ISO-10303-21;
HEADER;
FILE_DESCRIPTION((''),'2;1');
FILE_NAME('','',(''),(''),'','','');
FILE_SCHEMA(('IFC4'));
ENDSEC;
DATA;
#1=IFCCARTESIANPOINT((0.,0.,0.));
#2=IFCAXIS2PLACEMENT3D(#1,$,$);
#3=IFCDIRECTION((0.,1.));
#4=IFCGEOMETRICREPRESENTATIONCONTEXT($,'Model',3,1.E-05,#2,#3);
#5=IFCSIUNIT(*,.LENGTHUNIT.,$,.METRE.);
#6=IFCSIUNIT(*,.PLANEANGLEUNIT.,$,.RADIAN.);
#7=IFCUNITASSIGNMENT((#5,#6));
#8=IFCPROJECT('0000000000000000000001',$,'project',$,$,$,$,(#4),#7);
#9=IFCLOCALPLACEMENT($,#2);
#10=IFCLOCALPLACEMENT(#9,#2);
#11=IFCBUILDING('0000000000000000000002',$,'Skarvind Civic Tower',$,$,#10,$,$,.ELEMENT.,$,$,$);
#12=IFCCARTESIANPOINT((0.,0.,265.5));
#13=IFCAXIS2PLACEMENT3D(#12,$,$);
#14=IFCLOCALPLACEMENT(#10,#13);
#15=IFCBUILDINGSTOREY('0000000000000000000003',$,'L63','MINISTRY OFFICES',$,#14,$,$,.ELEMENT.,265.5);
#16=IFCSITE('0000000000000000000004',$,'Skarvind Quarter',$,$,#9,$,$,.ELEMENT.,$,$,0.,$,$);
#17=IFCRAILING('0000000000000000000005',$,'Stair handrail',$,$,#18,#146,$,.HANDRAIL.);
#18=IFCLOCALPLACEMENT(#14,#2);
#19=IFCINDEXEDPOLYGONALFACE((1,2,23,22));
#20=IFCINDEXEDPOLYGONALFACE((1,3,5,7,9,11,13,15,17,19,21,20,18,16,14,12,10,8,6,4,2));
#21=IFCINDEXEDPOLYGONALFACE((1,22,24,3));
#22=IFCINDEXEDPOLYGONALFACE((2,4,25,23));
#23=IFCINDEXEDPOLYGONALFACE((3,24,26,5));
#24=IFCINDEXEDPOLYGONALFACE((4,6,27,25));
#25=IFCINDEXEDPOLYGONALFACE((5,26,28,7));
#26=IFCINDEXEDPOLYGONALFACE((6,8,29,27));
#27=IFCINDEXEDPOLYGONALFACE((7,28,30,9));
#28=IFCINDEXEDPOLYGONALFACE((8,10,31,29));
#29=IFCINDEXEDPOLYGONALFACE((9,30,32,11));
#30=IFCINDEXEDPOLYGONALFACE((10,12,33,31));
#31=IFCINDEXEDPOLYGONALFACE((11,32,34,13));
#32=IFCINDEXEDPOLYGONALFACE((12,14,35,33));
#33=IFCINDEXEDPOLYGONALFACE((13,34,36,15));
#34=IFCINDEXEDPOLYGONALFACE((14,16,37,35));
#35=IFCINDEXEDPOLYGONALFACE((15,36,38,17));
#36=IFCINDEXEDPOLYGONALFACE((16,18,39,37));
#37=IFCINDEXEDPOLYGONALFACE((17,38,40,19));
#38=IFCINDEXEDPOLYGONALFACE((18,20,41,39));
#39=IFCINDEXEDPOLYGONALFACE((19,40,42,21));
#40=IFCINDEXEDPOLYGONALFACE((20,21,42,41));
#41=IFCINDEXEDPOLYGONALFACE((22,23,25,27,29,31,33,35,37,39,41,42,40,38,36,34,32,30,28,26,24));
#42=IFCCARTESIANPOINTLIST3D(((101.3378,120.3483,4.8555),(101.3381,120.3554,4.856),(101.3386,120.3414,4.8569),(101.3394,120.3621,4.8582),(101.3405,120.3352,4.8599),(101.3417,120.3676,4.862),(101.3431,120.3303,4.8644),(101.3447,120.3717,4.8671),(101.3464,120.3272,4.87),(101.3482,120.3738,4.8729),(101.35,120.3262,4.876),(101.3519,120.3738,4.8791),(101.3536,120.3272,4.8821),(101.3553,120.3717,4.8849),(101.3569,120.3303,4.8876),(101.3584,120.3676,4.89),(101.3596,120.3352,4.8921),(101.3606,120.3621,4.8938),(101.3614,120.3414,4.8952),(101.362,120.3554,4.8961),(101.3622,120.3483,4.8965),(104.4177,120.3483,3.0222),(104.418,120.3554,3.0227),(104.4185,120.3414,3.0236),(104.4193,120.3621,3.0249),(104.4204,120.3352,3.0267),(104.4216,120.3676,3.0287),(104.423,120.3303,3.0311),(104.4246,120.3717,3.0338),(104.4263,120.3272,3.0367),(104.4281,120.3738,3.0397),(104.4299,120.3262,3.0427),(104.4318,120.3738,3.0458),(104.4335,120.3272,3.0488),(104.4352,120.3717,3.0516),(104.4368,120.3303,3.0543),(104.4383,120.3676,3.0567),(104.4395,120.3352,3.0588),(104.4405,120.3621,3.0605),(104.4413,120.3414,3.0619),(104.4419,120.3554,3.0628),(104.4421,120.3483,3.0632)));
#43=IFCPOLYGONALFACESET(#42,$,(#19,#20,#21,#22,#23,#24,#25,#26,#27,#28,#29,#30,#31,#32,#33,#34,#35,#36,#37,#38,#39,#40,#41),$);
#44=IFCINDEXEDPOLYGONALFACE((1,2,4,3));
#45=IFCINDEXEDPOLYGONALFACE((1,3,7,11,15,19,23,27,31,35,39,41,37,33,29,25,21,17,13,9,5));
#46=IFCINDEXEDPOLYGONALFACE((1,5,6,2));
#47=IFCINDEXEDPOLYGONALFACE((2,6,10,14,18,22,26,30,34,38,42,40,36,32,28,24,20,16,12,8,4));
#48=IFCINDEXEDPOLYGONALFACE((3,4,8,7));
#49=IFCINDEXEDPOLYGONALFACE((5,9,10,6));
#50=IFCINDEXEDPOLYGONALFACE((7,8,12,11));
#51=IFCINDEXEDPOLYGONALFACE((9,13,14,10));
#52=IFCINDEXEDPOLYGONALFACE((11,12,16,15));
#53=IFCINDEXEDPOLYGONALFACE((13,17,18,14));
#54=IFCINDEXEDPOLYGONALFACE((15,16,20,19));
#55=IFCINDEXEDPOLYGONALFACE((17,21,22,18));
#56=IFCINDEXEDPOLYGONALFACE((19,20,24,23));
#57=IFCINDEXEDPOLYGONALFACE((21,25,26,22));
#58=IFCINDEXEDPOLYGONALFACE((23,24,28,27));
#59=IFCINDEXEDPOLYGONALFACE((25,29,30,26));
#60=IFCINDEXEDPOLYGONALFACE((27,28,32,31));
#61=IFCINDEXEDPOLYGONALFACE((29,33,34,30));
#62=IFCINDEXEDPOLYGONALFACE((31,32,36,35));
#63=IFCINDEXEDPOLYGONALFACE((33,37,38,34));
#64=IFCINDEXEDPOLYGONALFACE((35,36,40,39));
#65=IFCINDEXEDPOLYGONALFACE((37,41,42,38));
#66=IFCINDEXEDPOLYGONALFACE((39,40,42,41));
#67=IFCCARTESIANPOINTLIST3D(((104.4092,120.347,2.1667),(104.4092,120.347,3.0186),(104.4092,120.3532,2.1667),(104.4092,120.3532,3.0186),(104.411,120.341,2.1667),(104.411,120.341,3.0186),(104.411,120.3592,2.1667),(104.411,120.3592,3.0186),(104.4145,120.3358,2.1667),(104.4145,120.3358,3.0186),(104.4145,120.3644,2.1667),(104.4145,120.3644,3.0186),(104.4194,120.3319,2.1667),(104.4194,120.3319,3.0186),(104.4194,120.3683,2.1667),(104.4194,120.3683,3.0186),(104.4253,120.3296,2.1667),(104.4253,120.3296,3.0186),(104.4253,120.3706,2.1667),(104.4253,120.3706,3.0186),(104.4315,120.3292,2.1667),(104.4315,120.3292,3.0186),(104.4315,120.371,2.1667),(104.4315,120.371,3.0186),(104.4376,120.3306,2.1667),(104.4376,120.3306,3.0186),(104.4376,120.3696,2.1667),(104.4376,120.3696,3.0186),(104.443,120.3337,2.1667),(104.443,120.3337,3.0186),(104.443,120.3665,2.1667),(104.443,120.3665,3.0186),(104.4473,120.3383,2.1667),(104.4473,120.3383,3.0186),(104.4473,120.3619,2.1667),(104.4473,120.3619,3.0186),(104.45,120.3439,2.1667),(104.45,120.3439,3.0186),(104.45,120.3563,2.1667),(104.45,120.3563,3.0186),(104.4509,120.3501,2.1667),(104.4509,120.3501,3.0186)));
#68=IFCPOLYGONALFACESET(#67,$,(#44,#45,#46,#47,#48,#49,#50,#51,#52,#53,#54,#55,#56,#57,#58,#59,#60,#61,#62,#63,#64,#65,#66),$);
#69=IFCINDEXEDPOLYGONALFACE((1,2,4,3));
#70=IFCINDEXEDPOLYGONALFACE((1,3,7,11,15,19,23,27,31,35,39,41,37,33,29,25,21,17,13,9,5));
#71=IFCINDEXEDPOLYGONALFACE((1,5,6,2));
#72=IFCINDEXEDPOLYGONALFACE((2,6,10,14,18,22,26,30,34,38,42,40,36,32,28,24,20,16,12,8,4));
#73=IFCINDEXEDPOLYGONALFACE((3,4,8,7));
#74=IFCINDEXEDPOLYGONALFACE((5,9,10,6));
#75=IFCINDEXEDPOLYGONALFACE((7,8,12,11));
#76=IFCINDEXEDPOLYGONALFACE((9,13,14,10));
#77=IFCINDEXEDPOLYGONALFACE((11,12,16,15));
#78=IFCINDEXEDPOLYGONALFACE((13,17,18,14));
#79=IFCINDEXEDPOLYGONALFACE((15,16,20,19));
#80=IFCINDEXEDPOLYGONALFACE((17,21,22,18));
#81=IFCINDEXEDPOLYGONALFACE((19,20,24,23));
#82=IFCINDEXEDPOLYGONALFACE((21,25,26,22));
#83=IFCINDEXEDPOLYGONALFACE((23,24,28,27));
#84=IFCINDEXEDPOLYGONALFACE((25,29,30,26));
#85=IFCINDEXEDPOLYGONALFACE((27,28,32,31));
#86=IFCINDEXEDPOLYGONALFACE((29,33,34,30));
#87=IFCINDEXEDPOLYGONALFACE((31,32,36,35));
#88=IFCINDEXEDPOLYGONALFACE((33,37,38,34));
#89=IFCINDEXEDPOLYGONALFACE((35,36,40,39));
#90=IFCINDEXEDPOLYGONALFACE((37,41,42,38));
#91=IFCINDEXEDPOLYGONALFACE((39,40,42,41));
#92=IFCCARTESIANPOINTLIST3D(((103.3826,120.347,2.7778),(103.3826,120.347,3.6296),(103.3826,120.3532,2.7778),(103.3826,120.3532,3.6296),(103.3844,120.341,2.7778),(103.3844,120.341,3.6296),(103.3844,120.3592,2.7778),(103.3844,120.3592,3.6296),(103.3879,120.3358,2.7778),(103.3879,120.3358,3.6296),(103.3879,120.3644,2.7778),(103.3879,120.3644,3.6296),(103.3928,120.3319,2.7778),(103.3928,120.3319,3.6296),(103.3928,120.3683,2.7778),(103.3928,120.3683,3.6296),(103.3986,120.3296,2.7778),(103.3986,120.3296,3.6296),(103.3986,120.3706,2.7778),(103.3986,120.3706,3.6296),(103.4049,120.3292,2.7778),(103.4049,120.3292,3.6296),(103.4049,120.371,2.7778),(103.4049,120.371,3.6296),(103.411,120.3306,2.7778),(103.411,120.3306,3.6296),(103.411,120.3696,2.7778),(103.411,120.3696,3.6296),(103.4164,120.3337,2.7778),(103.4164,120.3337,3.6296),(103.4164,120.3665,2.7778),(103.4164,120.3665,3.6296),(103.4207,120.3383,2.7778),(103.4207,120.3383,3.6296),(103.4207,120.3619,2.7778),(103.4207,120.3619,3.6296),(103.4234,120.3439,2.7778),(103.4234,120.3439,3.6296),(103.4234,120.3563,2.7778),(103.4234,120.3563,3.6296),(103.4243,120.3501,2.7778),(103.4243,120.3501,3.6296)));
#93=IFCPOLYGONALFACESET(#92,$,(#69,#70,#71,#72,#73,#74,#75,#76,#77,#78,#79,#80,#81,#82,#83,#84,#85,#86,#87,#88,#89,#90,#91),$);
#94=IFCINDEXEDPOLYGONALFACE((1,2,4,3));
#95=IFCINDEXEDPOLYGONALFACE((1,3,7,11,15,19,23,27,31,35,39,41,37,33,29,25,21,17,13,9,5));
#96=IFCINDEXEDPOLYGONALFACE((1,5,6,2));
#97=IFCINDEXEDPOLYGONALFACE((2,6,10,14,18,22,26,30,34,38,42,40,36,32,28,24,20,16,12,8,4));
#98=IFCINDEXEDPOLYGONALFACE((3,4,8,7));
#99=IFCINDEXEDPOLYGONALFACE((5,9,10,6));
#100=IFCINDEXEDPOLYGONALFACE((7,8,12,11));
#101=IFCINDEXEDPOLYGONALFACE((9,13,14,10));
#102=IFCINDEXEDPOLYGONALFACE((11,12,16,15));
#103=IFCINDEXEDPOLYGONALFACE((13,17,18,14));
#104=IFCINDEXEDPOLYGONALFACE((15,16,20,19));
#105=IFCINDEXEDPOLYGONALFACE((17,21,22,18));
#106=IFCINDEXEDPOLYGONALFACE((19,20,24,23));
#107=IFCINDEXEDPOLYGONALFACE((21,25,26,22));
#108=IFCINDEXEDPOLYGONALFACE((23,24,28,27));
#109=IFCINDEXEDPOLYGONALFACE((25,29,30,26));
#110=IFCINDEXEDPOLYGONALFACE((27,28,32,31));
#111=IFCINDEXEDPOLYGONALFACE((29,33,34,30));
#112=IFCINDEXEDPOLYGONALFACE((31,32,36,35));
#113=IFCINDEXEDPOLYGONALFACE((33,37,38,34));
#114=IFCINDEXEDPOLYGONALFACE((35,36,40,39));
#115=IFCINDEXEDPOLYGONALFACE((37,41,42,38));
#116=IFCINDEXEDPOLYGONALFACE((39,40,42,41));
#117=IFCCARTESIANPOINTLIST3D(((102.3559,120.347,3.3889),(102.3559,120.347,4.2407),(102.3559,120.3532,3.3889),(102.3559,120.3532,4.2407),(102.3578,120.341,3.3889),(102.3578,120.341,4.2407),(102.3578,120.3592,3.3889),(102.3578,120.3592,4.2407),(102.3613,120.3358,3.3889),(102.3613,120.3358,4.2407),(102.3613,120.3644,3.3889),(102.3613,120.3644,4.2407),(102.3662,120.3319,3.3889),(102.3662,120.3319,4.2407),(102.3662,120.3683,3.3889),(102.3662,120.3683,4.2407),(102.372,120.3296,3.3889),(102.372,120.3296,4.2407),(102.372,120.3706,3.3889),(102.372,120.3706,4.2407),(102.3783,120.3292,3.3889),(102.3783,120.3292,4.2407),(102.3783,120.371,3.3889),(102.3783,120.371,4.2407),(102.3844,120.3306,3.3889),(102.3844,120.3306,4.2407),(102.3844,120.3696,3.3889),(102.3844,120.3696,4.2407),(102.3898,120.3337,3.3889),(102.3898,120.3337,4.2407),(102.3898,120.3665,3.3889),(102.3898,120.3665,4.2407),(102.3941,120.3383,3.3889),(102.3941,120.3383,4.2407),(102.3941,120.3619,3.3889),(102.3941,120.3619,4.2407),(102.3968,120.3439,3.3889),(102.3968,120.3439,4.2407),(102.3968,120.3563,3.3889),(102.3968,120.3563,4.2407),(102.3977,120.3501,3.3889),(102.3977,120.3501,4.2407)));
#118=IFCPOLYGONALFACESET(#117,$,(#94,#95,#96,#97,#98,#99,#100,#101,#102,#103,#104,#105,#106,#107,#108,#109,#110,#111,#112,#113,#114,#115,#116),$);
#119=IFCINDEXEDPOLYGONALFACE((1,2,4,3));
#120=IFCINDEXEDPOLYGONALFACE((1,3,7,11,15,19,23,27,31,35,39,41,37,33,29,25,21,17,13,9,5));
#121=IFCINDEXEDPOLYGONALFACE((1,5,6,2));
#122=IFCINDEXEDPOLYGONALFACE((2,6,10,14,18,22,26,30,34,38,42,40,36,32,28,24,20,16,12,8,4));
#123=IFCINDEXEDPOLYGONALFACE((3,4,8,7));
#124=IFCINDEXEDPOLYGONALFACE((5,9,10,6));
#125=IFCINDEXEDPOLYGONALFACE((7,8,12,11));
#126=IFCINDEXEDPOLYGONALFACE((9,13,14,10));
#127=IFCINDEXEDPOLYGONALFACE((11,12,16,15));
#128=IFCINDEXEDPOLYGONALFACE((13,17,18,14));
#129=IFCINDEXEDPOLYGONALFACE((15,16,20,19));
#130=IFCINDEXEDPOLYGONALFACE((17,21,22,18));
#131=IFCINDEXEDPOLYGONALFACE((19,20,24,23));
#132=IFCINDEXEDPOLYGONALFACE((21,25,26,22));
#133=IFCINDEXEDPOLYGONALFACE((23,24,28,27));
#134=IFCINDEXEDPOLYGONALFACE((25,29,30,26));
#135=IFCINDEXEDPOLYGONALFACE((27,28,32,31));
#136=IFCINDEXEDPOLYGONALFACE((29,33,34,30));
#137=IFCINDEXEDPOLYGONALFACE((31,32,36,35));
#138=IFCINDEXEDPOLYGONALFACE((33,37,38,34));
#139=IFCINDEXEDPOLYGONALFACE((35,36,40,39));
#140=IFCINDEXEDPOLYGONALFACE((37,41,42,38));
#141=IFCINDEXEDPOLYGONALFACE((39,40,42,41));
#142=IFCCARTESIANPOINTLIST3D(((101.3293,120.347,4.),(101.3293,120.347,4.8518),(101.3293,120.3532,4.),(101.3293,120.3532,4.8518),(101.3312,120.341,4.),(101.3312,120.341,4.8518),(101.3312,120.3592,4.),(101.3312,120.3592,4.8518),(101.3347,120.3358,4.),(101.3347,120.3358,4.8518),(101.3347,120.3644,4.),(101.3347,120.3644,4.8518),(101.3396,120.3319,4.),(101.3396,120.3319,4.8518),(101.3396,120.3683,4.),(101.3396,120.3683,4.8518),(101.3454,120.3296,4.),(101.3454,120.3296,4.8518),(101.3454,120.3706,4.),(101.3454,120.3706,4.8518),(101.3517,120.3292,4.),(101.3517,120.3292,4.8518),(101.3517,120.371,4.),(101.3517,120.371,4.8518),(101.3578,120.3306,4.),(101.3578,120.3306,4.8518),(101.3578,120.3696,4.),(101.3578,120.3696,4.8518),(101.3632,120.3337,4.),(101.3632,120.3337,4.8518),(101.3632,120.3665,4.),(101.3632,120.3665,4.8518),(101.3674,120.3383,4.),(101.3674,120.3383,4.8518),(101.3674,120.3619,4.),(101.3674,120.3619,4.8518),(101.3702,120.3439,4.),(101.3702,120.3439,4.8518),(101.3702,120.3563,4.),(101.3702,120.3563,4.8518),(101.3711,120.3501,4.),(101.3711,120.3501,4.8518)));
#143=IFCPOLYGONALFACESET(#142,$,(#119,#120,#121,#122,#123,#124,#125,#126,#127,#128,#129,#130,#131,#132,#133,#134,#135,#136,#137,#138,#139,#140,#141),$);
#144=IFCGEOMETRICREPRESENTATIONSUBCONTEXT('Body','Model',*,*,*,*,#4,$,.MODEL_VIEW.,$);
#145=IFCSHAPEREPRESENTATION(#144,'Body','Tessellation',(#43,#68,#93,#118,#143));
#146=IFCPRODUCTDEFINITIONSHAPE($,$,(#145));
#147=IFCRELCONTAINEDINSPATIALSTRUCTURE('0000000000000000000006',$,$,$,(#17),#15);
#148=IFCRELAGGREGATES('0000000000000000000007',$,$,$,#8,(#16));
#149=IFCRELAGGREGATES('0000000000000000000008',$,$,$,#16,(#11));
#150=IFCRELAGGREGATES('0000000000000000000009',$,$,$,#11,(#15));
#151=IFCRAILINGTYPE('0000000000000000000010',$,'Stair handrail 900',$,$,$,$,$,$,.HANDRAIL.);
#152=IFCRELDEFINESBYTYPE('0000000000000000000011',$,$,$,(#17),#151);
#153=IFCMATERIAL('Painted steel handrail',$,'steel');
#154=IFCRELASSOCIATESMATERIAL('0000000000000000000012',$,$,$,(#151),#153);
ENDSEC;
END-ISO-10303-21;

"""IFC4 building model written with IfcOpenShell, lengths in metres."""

from ifc_helpers import new_model, si_unit, direction, frame, origin, origin_2d, place, context, subcontext, project, spatial, circle, extrude, material, type_object, element, save


model = new_model("IFC4")

# Units and contexts
model_context = context("Model", 3, precision=1e-05, world=origin(), true_north=direction((0.0, 1.0)))
body_context = subcontext(model_context, "Body", "Model", "MODEL_VIEW")
ifc_project = project(units=[si_unit("LENGTHUNIT", "METRE"), si_unit("PLANEANGLEUNIT", "RADIAN")], contexts=[model_context])

# Site, building, storey
site_placement = place(None, origin())
site = spatial("IfcSite", under=ifc_project, at=site_placement, Name="Skarvind Quarter", CompositionType="ELEMENT", RefElevation=0.0)
building_placement = place(site_placement, origin())
building = spatial("IfcBuilding", under=site, at=building_placement, Name="Skarvind Civic Tower", CompositionType="ELEMENT")
storey_placement = place(building_placement, frame((0.0, 0.0, 265.5)))
storey = spatial("IfcBuildingStorey", under=building, at=storey_placement, Name="L63", Description="MINISTRY OFFICES", CompositionType="ELEMENT", Elevation=265.5)

# Railing
ifc_material_1 = material(Name="Painted steel handrail", Category="steel")
railing_type = type_object("IfcRailingType", Name="Stair handrail 900", PredefinedType="HANDRAIL", material=ifc_material_1)
railing_1_placement = place(storey_placement, frame((104.4299, 120.3501, 2.1667)))
element("IfcRailing", 1, at=railing_1_placement, inside=storey, type_object=railing_type, Name="Stair handrail", PredefinedType="HANDRAIL", context=body_context, shape_type="SweptSolid", body=[
    extrude(circle(Radius=0.0239, at=origin_2d()), frame((0.0, 0.0, 0.876), z_axis=(-0.859291, 0.0, 0.511487), x_axis=(0.0, -1.0, 0.0)), (0.0, 0.0, 1.0), 3.5842),
    extrude(circle(Radius=0.021, at=origin_2d()), origin(), (0.0, 0.0, 1.0), 0.8518),
    extrude(circle(Radius=0.021, at=origin_2d()), frame((-1.0266, 0.0, 0.6111)), (0.0, 0.0, 1.0), 0.8518),
    extrude(circle(Radius=0.021, at=origin_2d()), frame((-2.0532, 0.0, 1.2222)), (0.0, 0.0, 1.0), 0.8518),
    extrude(circle(Radius=0.021, at=origin_2d()), frame((-3.0798, 0.0, 1.8333)), (0.0, 0.0, 1.0), 0.8518),
])

save(model, "model.ifc")
